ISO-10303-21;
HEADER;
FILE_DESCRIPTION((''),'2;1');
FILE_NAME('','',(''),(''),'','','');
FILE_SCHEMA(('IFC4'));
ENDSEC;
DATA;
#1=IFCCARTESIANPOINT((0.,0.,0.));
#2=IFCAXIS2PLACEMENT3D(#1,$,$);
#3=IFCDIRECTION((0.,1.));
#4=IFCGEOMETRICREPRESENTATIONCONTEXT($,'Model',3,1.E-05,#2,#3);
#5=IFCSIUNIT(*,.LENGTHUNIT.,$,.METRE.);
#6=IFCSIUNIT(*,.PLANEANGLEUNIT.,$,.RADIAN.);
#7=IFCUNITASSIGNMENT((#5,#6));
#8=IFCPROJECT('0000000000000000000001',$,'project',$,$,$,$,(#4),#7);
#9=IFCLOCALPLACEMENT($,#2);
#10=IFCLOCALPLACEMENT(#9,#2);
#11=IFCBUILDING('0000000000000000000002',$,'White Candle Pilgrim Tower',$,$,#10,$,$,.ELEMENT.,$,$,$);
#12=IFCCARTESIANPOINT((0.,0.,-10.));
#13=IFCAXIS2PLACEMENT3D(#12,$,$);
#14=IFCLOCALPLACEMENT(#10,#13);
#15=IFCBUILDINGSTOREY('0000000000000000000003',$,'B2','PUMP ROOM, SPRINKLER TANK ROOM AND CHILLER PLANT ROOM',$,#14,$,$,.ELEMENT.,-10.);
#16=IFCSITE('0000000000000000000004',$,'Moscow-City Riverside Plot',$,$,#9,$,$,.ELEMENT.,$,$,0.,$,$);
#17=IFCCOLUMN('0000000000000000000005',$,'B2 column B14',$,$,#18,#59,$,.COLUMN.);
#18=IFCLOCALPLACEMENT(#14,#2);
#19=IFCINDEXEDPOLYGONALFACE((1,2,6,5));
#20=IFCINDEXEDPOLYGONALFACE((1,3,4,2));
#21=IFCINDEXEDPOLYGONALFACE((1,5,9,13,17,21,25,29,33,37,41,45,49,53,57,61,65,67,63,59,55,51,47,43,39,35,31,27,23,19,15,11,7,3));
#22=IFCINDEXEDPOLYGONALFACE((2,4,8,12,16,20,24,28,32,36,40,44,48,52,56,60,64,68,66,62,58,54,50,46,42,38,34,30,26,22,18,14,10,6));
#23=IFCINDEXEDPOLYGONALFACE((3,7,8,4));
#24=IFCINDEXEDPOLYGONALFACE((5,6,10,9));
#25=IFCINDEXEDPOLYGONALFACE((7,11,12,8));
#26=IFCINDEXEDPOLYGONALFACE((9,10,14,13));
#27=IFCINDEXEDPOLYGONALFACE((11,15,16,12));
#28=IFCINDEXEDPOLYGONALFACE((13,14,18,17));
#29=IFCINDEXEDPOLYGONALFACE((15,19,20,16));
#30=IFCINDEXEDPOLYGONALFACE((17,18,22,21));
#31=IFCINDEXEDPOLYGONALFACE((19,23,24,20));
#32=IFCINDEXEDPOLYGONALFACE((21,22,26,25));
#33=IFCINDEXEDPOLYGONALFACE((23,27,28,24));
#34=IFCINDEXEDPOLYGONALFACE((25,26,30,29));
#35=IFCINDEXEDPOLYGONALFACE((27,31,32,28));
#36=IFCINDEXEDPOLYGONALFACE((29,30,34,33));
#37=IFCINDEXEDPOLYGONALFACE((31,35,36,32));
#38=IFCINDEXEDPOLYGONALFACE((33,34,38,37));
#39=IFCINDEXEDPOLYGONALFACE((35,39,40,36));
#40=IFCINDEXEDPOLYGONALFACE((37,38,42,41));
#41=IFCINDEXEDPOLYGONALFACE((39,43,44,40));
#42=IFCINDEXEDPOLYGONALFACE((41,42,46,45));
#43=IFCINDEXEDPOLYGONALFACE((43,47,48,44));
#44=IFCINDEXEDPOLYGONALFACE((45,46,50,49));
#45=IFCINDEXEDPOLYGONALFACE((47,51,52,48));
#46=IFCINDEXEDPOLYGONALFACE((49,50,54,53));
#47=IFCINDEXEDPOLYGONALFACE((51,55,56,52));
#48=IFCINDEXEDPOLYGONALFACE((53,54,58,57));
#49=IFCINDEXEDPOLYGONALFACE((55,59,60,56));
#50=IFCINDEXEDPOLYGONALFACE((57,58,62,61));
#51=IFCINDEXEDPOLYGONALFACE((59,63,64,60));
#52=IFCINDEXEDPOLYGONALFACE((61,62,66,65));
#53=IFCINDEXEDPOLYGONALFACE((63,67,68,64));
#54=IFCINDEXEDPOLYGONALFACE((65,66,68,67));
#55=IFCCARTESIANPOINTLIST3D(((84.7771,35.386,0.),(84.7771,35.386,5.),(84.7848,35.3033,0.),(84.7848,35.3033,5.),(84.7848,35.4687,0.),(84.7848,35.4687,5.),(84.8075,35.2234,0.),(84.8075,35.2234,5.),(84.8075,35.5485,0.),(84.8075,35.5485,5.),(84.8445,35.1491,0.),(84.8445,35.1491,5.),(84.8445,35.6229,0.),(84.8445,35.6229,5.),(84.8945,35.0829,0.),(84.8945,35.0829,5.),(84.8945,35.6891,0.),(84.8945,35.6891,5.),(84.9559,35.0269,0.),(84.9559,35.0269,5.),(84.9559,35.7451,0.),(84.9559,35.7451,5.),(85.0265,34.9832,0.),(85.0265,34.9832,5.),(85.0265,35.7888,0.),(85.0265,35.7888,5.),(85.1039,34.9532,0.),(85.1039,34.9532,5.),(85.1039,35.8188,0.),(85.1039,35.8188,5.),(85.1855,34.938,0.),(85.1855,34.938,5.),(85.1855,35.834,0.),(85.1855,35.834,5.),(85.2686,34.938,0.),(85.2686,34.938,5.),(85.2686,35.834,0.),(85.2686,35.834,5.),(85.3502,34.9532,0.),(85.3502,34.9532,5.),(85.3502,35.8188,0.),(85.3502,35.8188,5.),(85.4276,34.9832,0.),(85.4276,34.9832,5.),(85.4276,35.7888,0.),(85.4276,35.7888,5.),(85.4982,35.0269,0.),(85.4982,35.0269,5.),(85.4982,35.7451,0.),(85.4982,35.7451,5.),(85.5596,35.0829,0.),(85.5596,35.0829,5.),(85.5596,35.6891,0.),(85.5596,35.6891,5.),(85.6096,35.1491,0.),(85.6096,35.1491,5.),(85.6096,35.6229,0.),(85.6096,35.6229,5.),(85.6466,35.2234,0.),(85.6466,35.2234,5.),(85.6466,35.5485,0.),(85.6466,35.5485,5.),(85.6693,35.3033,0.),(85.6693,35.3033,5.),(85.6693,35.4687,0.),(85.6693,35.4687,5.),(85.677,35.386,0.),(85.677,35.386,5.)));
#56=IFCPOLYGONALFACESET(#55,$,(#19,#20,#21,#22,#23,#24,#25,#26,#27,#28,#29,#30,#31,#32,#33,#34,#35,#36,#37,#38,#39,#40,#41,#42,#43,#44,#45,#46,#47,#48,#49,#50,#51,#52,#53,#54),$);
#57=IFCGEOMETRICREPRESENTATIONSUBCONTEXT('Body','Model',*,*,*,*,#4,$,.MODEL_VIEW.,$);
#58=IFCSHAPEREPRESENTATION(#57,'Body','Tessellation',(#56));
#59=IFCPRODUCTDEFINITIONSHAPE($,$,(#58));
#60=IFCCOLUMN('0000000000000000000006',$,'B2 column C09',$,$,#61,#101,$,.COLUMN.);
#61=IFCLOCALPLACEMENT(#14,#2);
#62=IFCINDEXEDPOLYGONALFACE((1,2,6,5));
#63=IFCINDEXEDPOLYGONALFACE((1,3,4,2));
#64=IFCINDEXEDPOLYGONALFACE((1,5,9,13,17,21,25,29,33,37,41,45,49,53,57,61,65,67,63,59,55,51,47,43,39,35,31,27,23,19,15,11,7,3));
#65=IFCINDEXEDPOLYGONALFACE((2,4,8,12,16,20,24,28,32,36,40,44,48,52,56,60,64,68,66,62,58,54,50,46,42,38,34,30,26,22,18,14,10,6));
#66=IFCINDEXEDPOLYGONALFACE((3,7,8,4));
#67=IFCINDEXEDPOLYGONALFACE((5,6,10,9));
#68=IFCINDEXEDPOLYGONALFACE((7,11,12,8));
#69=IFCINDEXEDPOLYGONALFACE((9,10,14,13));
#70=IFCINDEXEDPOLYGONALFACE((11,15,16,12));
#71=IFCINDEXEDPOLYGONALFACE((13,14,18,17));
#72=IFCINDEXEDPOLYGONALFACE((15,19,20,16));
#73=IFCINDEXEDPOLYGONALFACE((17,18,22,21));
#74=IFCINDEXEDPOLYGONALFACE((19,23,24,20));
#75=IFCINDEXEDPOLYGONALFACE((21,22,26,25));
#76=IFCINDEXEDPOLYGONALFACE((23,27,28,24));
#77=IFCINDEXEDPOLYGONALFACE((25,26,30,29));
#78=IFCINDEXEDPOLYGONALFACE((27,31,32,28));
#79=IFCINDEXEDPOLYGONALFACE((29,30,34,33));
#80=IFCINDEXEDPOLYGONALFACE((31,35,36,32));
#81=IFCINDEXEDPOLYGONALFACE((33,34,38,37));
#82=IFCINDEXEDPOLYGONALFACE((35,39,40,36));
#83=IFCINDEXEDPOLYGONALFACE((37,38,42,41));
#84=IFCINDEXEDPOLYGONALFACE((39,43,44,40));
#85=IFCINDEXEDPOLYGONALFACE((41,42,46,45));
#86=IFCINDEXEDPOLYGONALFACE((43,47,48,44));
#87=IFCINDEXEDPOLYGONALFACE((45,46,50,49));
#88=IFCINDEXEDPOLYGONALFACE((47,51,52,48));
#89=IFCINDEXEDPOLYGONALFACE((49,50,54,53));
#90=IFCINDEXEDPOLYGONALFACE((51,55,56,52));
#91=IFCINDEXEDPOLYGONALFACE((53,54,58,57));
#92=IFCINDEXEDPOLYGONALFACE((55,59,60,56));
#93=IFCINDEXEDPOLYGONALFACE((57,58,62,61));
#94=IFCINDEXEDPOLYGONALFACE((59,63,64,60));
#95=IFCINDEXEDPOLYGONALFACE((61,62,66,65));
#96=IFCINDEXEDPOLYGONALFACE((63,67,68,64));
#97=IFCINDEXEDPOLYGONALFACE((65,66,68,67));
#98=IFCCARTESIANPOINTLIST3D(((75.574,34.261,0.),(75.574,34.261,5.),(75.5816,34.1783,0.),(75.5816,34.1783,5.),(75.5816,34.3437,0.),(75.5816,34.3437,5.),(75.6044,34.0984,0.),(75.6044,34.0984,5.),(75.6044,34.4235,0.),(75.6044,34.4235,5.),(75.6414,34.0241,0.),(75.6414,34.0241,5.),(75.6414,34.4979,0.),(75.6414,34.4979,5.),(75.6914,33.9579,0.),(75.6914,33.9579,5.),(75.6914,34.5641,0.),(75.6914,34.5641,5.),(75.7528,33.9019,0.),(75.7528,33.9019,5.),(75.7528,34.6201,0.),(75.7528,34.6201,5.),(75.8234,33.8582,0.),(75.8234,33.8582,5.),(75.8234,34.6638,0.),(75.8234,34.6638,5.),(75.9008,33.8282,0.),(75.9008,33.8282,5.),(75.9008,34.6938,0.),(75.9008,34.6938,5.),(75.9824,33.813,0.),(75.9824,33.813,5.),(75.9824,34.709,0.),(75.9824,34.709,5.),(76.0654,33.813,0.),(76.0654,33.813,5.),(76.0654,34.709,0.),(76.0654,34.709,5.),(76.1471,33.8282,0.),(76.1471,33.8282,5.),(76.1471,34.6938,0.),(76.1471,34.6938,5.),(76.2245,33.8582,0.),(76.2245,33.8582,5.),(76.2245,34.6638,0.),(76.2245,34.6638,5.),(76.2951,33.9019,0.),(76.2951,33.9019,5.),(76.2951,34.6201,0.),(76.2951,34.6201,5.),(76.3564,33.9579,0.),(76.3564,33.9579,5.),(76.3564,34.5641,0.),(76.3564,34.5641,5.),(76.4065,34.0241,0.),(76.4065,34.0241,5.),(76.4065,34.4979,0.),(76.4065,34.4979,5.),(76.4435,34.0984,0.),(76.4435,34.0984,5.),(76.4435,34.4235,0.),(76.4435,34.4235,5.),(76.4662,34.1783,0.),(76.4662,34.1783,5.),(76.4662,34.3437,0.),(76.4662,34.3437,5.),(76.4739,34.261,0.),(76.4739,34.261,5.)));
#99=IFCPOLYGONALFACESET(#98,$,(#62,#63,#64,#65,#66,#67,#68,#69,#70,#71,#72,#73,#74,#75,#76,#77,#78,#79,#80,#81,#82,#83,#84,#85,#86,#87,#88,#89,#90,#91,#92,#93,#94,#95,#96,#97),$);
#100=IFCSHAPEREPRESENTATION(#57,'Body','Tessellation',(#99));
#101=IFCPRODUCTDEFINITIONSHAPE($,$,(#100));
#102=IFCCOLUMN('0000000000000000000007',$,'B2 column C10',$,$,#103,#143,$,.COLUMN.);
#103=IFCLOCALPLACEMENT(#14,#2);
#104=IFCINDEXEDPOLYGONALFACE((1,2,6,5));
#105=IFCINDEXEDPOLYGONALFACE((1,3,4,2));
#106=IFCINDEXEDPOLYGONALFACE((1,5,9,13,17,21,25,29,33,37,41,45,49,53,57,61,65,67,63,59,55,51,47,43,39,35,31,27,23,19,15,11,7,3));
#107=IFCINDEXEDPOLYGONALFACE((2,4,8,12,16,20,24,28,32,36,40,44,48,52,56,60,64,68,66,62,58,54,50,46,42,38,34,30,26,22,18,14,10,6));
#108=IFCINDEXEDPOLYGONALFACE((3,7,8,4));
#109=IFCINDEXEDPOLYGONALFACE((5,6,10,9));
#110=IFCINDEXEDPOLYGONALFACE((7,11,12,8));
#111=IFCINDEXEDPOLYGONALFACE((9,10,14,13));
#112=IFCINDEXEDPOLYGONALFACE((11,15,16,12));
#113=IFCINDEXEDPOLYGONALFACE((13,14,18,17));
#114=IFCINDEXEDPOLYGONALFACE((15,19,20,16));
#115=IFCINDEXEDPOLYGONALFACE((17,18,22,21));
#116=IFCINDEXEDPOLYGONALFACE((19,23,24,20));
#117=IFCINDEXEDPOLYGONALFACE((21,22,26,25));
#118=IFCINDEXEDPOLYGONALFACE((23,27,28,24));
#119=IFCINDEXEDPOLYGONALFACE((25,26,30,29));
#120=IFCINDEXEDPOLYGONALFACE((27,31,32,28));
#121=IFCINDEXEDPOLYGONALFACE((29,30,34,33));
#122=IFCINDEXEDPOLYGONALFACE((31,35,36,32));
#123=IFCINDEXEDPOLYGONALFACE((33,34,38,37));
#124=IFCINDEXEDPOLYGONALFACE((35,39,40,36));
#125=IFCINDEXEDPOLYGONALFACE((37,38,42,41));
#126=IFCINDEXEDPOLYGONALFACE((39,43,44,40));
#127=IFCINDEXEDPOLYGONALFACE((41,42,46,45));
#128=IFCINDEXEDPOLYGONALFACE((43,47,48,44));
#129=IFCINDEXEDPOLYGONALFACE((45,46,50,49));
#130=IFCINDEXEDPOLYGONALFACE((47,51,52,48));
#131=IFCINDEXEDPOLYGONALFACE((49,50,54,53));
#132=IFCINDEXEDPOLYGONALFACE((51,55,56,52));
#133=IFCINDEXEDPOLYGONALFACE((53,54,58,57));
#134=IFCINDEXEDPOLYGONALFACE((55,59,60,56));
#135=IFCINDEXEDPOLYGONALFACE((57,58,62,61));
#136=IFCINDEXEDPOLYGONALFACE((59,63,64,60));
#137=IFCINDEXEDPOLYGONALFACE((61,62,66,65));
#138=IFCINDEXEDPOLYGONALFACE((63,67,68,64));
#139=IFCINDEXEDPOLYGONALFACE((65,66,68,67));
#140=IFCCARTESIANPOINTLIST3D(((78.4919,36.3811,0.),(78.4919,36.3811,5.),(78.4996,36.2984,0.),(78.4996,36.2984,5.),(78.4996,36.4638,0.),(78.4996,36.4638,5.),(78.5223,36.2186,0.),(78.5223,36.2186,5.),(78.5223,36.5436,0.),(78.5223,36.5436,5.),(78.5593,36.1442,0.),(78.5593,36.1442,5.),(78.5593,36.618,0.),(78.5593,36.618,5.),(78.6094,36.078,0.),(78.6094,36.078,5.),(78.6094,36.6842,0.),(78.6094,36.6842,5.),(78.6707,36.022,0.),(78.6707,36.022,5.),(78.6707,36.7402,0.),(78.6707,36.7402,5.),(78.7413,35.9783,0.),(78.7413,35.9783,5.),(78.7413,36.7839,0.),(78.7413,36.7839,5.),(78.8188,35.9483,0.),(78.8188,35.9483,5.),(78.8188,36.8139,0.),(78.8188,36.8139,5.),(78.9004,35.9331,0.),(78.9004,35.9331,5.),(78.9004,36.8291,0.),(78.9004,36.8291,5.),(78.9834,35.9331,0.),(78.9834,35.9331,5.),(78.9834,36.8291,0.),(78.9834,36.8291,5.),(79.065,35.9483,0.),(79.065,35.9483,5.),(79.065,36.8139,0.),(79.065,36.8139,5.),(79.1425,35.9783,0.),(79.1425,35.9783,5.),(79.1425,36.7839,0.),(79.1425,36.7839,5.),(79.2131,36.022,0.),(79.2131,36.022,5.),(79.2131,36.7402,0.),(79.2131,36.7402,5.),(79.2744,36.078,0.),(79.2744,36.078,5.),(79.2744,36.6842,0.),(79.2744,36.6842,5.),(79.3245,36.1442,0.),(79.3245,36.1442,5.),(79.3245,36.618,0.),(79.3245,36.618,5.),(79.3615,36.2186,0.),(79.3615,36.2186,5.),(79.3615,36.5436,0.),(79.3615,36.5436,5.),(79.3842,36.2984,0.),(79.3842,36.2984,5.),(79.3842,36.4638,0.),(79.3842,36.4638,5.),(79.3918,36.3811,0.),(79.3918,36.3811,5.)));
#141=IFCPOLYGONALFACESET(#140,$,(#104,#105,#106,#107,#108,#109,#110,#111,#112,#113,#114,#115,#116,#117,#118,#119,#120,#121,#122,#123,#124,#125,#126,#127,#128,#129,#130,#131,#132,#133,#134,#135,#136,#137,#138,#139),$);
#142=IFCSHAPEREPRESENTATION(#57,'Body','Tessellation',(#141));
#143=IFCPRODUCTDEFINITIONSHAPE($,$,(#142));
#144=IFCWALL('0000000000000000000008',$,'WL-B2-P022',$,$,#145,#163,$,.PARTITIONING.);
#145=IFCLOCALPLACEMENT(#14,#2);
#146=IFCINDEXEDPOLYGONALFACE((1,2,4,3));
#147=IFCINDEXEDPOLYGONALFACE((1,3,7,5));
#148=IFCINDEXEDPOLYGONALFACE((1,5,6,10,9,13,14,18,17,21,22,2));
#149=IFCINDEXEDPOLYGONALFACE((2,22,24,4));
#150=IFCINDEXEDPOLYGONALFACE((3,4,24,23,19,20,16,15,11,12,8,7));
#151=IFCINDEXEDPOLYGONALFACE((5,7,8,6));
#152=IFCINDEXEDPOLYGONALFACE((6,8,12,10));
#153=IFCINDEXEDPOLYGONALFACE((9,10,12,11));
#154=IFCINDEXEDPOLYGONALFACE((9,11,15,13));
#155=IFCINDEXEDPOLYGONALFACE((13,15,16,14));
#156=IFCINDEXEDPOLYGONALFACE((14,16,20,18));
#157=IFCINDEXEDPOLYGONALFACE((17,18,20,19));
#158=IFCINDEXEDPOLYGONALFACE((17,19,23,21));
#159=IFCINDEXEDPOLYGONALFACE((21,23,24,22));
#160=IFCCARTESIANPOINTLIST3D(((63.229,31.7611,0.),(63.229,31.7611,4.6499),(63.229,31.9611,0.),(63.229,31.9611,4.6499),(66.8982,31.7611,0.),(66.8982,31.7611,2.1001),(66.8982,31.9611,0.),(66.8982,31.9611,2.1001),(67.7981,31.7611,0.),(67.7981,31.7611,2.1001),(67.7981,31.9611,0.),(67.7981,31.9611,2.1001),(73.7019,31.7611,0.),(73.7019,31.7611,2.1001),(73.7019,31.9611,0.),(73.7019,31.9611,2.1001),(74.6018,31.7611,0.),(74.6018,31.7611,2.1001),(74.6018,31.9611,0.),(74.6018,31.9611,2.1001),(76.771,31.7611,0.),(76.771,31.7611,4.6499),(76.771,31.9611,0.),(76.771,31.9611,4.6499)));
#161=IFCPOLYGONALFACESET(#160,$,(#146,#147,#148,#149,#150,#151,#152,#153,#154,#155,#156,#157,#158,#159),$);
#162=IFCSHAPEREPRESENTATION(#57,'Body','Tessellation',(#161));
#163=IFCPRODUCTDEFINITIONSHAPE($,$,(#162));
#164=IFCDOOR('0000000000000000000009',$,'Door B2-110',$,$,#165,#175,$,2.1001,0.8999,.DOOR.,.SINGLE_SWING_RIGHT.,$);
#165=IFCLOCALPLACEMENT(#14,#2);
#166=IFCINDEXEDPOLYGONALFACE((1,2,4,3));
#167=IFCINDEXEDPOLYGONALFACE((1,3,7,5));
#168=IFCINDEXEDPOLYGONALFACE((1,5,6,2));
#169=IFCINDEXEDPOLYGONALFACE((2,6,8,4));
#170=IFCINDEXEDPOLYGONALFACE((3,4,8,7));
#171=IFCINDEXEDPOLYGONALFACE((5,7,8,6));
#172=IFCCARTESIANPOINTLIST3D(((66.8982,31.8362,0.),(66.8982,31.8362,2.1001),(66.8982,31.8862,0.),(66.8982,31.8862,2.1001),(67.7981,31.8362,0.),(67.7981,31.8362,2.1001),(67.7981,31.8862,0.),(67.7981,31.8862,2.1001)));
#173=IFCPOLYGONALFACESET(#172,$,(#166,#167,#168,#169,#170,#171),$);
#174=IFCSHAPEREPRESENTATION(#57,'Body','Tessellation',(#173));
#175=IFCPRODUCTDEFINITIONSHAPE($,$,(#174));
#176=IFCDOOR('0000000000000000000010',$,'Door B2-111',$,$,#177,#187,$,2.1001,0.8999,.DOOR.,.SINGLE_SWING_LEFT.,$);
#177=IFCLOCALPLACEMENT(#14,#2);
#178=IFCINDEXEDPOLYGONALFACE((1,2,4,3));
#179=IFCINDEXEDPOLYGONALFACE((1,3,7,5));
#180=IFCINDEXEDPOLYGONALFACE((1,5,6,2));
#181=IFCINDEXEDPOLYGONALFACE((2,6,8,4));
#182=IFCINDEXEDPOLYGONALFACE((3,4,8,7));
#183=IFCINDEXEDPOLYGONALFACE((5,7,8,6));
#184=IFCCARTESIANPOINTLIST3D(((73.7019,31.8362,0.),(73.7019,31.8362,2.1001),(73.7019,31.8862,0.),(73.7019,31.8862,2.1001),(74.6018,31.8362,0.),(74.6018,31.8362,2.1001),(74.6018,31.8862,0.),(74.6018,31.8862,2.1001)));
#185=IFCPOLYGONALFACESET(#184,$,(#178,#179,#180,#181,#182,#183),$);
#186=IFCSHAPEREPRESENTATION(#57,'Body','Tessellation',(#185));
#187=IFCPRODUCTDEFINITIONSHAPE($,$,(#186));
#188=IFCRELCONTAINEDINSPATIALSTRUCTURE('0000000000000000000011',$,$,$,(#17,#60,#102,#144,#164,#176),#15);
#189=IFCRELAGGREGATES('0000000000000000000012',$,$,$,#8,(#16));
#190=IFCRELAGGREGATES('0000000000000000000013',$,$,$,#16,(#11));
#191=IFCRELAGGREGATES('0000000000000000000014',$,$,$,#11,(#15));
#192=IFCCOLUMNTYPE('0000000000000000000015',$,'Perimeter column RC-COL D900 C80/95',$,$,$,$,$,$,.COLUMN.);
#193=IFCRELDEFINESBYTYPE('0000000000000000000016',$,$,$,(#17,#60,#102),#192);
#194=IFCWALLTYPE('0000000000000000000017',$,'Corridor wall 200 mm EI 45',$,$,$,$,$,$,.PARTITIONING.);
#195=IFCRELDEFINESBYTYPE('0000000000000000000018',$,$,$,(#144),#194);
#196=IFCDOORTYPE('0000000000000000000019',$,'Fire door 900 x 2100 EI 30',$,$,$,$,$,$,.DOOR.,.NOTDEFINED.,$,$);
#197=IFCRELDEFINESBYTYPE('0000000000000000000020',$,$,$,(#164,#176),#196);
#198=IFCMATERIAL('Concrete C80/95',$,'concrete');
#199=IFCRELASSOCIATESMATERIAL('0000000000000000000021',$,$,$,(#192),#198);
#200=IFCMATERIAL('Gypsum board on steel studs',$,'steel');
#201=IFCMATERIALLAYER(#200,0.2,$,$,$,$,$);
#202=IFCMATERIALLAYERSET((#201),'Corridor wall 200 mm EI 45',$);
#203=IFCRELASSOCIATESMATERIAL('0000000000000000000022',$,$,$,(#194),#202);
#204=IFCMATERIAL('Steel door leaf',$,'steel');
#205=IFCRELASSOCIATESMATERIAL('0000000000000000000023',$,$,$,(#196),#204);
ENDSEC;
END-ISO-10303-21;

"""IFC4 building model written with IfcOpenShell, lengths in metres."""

from ifc_helpers import new_model, si_unit, direction, frame, frame_2d, origin, origin_2d, place, context, subcontext, project, spatial, rectangle, circle, extrude, material, layer, layer_set, material_profile, profile_set, type_object, element, fill, save


model = new_model("IFC4")

# Units and contexts
model_context = context("Model", 3, precision=1e-05, world=origin(), true_north=direction((0.0, 1.0)))
body_context = subcontext(model_context, "Body", "Model", "MODEL_VIEW")
ifc_project = project(units=[si_unit("LENGTHUNIT", "METRE"), si_unit("PLANEANGLEUNIT", "RADIAN")], contexts=[model_context])

# Site, building, storey
site_placement = place(None, origin())
site = spatial("IfcSite", under=ifc_project, at=site_placement, Name="Moscow-City Riverside Plot", CompositionType="ELEMENT", RefElevation=0.0)
building_placement = place(site_placement, origin())
building = spatial("IfcBuilding", under=site, at=building_placement, Name="White Candle Pilgrim Tower", CompositionType="ELEMENT")
storey_placement = place(building_placement, frame((0.0, 0.0, -10.0)))
storey = spatial("IfcBuildingStorey", under=building, at=storey_placement, Name="B2", Description="PUMP ROOM, SPRINKLER TANK ROOM AND CHILLER PLANT ROOM", CompositionType="ELEMENT", Elevation=-10.0)

# Columns
ifc_material_1 = material(Name="Concrete C80/95", Category="concrete")
ifc_material_profile_1 = material_profile(ifc_material_1, circle(Radius=0.45, at=origin_2d()), Name="RC-COL D900")
ifc_profile_set_1 = profile_set([ifc_material_profile_1], Name="Concrete C80/95")
column_type = type_object("IfcColumnType", Name="Perimeter column RC-COL D900 C80/95", PredefinedType="COLUMN", material=ifc_profile_set_1)
for number, where, z_axis, x_axis, name in (
    (1, (85.2271, 35.386, 0.0), (0.0, 0.0, 1.0), (1.0, 0.0, 0.0), "B2 column B14"),
    (2, (76.0239, 34.261, 0.0), (0.0, 0.0, 1.0), (1.0, 0.0, 0.0), "B2 column C09"),
    (3, (78.9419, 36.3811, 0.0), (0.0, 0.0, 1.0), (1.0, 0.0, 0.0), "B2 column C10"),
):
    element("IfcColumn", number, at=place(storey_placement, frame(where, z_axis=z_axis, x_axis=x_axis)), inside=storey, type_object=column_type, Name=name, PredefinedType="COLUMN", context=body_context, shape_type="SweptSolid", body=[
        extrude(circle(Radius=0.45, at=origin_2d()), origin(), (0.0, 0.0, 1.0), 5.0),
    ])

# Wall, openings, doors
ifc_material_2 = material(Name="Gypsum board on steel studs", Category="steel")
ifc_layer_1 = layer(ifc_material_2, 0.2)
ifc_layer_set_1 = layer_set([ifc_layer_1], Name="Corridor wall 200 mm EI 45")
wall_type_1 = type_object("IfcWallType", Name="Corridor wall 200 mm EI 45", PredefinedType="PARTITIONING", material=ifc_layer_set_1)
wall_1_placement = place(storey_placement, frame((76.771, 31.8611, 0.0), z_axis=(0.0, 0.0, 1.0), x_axis=(-1.0, 0.0, 0.0)))
wall_1 = element("IfcWall", 4, at=wall_1_placement, inside=storey, type_object=wall_type_1, Name="WL-B2-P022", PredefinedType="PARTITIONING", context=body_context, shape_type="SweptSolid", body=[
    extrude(rectangle(XDim=13.542, YDim=0.2, at=frame_2d((6.771, 0.0))), origin(), (0.0, 0.0, 1.0), 4.6499),
])
opening_1_placement = place(wall_1_placement, frame((8.9729, 0.0, 0.0)))
opening_1 = element("IfcOpeningElement", 5, at=opening_1_placement, cuts=wall_1, PredefinedType="OPENING", context=body_context, shape_type="SweptSolid", body=[
    extrude(rectangle(XDim=0.8999, YDim=2.1001, at=frame_2d((0.45, 1.05))), frame((0.0, 0.1099, 0.0), z_axis=(0.0, -1.0, 0.0), x_axis=(1.0, 0.0, 0.0)), (0.0, 0.0, 1.0), 0.22),
])
opening_2_placement = place(wall_1_placement, frame((2.1692, 0.0, 0.0)))
opening_2 = element("IfcOpeningElement", 6, at=opening_2_placement, cuts=wall_1, PredefinedType="OPENING", context=body_context, shape_type="SweptSolid", body=[
    extrude(rectangle(XDim=0.8999, YDim=2.1001, at=frame_2d((0.45, 1.05))), frame((0.0, 0.1099, 0.0), z_axis=(0.0, -1.0, 0.0), x_axis=(1.0, 0.0, 0.0)), (0.0, 0.0, 1.0), 0.22),
])
ifc_material_3 = material(Name="Steel door leaf", Category="steel")
door_type = type_object("IfcDoorType", Name="Fire door 900 x 2100 EI 30", OperationType="NOTDEFINED", PredefinedType="DOOR", material=ifc_material_3)
door_1_placement = place(opening_1_placement, origin())
door_1 = element("IfcDoor", 7, at=door_1_placement, inside=storey, type_object=door_type, Name="Door B2-110", OperationType="SINGLE_SWING_RIGHT", OverallHeight=2.1001, OverallWidth=0.8999, PredefinedType="DOOR", context=body_context, shape_type="SweptSolid", body=[
    extrude(rectangle(XDim=0.8999, YDim=2.1001, at=frame_2d((0.45, 1.05))), frame((0.0, 0.0249, 0.0), z_axis=(0.0, -1.0, 0.0), x_axis=(1.0, 0.0, 0.0)), (0.0, 0.0, 1.0), 0.05),
])
fill(opening_1, door_1)
door_2_placement = place(opening_2_placement, origin())
door_2 = element("IfcDoor", 8, at=door_2_placement, inside=storey, type_object=door_type, Name="Door B2-111", OperationType="SINGLE_SWING_LEFT", OverallHeight=2.1001, OverallWidth=0.8999, PredefinedType="DOOR", context=body_context, shape_type="SweptSolid", body=[
    extrude(rectangle(XDim=0.8999, YDim=2.1001, at=frame_2d((0.45, 1.05))), frame((0.0, 0.0249, 0.0), z_axis=(0.0, -1.0, 0.0), x_axis=(1.0, 0.0, 0.0)), (0.0, 0.0, 1.0), 0.05),
])
fill(opening_2, door_2)

save(model, "model.ifc")
